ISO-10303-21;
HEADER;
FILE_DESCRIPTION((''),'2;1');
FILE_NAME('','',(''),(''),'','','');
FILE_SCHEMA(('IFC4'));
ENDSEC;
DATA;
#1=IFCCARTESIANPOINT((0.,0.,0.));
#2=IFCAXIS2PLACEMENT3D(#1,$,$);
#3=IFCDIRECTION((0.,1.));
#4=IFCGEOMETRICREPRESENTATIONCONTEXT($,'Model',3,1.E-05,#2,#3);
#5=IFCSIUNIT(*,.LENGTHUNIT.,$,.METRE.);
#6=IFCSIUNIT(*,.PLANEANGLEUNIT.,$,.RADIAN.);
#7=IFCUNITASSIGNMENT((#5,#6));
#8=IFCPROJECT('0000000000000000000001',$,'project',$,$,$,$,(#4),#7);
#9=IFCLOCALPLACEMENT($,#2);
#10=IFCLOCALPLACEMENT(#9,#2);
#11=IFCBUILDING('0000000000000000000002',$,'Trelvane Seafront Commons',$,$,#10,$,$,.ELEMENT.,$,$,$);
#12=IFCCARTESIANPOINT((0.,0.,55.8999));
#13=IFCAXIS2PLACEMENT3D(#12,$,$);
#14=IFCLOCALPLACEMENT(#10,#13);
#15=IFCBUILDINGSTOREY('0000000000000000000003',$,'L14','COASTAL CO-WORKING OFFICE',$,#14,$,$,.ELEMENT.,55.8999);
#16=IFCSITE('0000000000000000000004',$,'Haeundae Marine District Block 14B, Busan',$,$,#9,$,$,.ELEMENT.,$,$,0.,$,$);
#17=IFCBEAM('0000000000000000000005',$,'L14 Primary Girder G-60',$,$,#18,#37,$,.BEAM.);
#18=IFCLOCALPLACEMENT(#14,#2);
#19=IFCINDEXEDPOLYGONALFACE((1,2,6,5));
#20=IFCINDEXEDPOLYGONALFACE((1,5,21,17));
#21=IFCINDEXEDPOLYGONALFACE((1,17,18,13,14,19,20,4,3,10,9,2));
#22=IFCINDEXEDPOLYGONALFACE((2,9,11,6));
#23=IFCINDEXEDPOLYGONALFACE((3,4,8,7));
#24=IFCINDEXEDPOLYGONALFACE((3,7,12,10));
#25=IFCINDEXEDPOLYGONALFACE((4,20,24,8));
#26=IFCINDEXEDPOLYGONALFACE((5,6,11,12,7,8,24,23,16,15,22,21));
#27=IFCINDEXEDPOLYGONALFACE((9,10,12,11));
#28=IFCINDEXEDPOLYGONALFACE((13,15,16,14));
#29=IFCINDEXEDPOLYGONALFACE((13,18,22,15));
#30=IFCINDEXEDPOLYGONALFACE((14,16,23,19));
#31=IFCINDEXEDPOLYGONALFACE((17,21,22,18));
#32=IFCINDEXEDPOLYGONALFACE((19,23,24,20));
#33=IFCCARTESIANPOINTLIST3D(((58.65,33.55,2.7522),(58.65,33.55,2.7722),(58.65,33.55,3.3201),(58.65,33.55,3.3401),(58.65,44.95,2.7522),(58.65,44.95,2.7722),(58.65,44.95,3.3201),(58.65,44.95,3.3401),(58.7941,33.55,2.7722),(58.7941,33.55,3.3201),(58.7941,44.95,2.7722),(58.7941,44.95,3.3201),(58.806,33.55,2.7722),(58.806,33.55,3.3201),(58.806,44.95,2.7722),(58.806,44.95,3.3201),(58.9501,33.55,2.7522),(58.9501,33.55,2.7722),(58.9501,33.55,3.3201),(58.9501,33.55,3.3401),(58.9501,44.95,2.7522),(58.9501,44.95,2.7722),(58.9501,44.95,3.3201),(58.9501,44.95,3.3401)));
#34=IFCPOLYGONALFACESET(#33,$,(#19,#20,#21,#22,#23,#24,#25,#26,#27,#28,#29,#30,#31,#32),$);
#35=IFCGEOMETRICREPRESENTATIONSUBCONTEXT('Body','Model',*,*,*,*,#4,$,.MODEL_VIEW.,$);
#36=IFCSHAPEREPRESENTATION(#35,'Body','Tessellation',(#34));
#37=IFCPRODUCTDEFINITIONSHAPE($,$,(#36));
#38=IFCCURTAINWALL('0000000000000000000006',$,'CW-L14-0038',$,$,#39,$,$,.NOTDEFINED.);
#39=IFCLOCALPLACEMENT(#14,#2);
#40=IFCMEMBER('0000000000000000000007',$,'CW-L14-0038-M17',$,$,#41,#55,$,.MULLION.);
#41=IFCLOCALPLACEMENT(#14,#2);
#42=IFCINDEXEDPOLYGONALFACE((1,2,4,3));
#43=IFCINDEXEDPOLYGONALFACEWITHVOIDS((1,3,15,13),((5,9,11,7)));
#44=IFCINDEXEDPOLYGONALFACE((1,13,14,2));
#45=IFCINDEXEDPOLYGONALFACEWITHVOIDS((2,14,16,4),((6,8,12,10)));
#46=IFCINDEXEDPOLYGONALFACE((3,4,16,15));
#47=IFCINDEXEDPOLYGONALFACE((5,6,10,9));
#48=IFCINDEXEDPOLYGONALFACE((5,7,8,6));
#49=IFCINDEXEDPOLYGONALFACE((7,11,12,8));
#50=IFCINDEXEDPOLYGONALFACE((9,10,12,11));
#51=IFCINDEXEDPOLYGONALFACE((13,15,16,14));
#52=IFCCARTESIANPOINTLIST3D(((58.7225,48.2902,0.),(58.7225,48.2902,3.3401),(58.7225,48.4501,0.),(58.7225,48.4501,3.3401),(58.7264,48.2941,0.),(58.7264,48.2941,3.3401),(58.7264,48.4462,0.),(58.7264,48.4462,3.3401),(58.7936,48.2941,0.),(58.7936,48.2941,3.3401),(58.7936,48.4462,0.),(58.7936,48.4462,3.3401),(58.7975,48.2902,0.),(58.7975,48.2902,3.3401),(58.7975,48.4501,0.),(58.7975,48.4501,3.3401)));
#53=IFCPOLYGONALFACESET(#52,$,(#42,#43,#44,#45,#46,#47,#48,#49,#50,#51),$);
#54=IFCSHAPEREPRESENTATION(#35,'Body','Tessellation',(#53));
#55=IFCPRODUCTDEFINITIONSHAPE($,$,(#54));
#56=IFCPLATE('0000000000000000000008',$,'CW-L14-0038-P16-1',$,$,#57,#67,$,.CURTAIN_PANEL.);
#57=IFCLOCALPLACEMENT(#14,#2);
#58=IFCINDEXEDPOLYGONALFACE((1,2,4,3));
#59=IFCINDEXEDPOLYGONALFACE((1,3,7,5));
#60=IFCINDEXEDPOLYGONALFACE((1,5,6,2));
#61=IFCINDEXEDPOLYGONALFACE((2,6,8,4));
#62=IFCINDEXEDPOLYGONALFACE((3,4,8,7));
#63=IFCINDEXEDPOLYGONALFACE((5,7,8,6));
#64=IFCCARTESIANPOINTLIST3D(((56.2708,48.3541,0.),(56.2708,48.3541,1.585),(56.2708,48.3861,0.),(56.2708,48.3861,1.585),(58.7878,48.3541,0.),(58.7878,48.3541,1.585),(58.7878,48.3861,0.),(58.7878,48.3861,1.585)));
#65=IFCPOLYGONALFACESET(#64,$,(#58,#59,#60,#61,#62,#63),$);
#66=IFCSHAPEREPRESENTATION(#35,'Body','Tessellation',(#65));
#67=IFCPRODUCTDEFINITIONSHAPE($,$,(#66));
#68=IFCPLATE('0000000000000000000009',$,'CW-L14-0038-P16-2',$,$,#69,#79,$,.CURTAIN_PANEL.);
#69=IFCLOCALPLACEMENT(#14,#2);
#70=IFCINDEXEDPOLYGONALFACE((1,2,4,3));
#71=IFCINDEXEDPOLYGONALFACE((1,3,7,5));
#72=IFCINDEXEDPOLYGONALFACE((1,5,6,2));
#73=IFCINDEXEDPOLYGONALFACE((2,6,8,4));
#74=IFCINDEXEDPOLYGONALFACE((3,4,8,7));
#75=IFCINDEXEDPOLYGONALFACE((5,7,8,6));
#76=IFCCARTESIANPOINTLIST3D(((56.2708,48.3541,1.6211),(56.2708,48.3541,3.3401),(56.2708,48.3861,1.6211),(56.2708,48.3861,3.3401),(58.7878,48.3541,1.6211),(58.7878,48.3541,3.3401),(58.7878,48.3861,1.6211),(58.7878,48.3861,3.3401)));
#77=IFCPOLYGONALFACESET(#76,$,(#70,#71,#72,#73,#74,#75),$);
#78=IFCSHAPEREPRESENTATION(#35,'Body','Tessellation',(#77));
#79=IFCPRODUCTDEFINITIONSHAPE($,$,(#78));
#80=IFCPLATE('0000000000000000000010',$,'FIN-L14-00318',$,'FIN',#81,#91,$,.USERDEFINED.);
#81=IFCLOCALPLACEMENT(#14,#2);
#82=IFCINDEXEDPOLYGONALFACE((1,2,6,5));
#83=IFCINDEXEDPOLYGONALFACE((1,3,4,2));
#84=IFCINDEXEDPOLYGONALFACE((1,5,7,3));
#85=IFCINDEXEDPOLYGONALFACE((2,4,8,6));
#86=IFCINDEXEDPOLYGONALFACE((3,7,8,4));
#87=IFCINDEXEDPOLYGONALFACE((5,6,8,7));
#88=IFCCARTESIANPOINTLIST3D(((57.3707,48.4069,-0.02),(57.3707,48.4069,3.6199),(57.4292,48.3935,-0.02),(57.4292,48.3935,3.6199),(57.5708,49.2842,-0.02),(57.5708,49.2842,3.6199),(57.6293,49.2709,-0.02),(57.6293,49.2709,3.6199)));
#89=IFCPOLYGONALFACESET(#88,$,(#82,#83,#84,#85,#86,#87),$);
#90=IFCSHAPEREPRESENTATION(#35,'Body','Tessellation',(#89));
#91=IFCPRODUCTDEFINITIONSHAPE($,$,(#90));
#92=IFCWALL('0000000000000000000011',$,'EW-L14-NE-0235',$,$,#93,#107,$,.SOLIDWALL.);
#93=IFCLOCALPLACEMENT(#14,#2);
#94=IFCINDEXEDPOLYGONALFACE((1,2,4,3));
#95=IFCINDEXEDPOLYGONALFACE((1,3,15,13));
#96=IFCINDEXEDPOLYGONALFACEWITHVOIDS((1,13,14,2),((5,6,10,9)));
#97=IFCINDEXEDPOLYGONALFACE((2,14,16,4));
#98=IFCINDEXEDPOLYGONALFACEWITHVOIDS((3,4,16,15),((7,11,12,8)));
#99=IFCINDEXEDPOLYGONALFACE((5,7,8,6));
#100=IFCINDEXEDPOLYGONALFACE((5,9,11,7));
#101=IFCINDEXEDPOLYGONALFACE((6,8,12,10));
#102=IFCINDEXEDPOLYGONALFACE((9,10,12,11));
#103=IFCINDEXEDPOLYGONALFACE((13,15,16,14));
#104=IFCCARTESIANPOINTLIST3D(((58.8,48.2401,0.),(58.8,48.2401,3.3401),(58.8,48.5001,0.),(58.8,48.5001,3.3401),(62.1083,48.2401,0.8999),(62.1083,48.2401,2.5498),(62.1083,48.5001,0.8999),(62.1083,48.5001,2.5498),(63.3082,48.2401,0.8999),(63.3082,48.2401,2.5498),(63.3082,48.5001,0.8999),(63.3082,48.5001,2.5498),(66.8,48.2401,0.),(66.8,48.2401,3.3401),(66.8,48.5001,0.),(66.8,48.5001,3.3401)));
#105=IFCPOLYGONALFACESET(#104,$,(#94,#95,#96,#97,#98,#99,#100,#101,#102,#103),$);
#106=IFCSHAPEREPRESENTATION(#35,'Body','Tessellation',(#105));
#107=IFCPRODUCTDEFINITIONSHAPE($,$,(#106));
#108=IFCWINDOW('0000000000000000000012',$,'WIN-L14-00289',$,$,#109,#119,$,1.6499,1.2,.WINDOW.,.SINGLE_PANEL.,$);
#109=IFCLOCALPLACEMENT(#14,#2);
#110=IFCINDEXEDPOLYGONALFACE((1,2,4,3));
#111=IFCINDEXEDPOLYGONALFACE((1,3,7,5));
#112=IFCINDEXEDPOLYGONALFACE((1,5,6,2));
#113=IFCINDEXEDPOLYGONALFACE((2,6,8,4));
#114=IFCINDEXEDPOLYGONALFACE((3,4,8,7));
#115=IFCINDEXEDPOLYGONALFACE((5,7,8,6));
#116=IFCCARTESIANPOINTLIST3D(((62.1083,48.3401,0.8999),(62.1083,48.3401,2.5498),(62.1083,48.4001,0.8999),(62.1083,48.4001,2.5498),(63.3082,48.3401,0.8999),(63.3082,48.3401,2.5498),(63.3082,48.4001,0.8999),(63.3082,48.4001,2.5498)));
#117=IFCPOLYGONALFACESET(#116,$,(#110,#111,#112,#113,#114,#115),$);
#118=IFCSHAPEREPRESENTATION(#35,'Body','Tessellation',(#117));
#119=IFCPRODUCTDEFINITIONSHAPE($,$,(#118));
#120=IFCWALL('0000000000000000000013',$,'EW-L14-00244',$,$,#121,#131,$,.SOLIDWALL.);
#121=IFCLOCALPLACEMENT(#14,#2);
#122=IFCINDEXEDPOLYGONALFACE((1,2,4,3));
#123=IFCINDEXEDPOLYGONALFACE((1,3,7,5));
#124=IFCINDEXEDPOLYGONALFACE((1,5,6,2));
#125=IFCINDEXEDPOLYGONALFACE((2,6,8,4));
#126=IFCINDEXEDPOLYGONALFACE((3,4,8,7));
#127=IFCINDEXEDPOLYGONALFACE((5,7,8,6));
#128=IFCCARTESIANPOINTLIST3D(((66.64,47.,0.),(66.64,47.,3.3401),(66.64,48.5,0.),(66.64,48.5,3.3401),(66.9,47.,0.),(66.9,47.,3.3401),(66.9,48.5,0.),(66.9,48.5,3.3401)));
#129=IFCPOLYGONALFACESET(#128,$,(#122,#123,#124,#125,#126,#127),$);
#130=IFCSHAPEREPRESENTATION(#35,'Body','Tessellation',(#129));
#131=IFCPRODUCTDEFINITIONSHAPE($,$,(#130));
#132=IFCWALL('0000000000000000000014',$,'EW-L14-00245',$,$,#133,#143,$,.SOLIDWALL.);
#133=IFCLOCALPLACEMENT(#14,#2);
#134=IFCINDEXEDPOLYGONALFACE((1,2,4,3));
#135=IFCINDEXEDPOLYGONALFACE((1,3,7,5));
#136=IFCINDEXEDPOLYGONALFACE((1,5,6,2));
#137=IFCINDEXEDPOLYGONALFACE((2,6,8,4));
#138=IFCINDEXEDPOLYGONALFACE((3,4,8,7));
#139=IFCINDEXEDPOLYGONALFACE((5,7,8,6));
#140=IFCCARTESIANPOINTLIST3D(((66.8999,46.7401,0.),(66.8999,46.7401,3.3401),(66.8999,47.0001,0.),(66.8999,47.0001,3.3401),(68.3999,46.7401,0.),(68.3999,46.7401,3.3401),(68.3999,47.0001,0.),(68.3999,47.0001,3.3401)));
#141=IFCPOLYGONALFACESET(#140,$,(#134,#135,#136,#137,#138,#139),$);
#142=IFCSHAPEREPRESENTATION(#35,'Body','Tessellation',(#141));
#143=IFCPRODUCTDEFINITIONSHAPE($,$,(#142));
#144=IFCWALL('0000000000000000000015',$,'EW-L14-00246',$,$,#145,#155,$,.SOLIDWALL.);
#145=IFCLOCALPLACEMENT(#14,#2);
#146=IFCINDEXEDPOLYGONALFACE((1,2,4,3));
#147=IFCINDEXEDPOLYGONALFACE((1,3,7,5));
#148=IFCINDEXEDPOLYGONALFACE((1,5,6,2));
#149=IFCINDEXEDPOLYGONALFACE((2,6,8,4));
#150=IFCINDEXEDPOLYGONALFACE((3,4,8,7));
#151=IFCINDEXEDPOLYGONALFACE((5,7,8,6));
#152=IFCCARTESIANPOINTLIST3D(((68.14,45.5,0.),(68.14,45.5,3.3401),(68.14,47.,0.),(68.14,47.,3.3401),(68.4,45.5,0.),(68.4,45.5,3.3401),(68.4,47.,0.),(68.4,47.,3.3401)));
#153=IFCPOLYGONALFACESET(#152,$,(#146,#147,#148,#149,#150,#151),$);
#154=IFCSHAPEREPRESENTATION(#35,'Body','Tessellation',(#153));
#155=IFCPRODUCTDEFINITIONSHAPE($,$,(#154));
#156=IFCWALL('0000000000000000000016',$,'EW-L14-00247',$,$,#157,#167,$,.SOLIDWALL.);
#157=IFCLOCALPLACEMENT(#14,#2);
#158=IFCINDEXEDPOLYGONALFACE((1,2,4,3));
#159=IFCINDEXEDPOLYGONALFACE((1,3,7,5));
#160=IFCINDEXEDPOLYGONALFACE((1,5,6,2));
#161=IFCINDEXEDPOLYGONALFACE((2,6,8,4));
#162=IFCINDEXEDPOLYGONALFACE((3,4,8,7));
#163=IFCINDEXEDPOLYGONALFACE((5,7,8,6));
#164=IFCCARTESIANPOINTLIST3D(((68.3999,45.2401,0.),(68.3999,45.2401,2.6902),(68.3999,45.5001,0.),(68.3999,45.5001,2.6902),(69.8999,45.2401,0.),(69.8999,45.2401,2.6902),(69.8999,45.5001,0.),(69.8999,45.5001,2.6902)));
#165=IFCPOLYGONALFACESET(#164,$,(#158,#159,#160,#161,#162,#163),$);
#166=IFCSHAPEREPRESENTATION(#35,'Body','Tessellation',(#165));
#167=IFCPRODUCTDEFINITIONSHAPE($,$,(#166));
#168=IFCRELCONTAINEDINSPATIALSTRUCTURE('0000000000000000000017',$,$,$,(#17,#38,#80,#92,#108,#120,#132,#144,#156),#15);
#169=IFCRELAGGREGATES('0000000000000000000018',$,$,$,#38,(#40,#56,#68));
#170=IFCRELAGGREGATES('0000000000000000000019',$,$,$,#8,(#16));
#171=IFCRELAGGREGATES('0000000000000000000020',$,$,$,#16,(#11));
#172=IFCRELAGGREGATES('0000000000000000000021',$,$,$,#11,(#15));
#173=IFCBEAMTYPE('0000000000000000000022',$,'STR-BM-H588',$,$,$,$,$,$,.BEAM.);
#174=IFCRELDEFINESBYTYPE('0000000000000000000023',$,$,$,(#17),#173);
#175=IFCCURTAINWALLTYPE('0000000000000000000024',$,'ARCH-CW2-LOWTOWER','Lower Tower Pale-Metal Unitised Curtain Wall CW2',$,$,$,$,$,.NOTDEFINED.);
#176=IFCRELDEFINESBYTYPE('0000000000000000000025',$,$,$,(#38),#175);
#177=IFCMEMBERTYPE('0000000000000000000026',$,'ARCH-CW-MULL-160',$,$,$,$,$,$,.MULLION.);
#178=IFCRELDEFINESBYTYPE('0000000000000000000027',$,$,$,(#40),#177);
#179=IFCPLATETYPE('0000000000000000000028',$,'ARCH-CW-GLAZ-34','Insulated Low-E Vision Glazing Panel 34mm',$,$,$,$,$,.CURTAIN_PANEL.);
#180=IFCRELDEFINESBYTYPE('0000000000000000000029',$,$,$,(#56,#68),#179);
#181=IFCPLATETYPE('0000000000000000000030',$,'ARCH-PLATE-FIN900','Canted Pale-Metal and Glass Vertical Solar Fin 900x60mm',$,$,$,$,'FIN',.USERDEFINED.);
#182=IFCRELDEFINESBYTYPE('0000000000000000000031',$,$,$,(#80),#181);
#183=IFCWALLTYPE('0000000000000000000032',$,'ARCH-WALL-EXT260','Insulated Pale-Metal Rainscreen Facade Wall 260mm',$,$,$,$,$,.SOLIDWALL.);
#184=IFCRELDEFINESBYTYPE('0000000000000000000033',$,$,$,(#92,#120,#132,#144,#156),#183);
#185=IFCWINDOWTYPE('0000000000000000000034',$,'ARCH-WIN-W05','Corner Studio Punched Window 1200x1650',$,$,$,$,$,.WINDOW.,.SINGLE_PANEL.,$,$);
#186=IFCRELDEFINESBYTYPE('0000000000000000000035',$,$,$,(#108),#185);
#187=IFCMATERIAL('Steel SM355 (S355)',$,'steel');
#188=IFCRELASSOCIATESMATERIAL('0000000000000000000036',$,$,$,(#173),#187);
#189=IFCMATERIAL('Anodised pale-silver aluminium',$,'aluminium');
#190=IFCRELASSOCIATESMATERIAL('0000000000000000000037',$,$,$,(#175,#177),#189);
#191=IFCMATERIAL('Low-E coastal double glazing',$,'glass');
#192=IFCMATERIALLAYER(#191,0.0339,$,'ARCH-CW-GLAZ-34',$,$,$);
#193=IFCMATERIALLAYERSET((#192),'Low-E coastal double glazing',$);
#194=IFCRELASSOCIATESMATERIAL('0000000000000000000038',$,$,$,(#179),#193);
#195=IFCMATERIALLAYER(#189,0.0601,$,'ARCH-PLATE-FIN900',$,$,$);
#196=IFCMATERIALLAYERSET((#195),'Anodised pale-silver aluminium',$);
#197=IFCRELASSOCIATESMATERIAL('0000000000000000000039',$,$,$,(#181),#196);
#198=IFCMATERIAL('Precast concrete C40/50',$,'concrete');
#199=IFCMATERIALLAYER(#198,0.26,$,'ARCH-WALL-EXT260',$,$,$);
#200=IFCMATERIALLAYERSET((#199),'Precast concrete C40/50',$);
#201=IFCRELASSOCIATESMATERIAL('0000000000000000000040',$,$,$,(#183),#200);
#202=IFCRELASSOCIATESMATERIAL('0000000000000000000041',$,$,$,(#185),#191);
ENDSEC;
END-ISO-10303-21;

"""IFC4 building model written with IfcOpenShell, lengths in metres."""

from ifc_helpers import new_model, si_unit, direction, frame, frame_2d, origin, origin_2d, place, context, subcontext, project, spatial, rectangle, hollow_rectangle, i_section, extrude, source, transform, mapped, material, layer, layer_set, material_profile, profile_set, type_object, element, fill, aggregate, save


model = new_model("IFC4")

# Units and contexts
model_context = context("Model", 3, precision=1e-05, world=origin(), true_north=direction((0.0, 1.0)))
body_context = subcontext(model_context, "Body", "Model", "MODEL_VIEW")
ifc_project = project(units=[si_unit("LENGTHUNIT", "METRE"), si_unit("PLANEANGLEUNIT", "RADIAN")], contexts=[model_context])

# Site, building, storey
site_placement = place(None, origin())
site = spatial("IfcSite", under=ifc_project, at=site_placement, Name="Haeundae Marine District Block 14B, Busan", CompositionType="ELEMENT", RefElevation=0.0)
building_placement = place(site_placement, origin())
building = spatial("IfcBuilding", under=site, at=building_placement, Name="Trelvane Seafront Commons", CompositionType="ELEMENT")
storey_placement = place(building_placement, frame((0.0, 0.0, 55.8999)))
storey = spatial("IfcBuildingStorey", under=building, at=storey_placement, Name="L14", Description="COASTAL CO-WORKING OFFICE", CompositionType="ELEMENT", Elevation=55.8999)

# Shared definitions
ifc_material_1 = material(Name="Steel SM355 (S355)", Category="steel")

# Beam
ifc_material_profile_1 = material_profile(ifc_material_1, i_section(OverallWidth=0.3, OverallDepth=0.5879, WebThickness=0.012, FlangeThickness=0.02, at=origin_2d()), Name="H-588x300x12x20")
ifc_profile_set_1 = profile_set([ifc_material_profile_1], Name="Steel SM355 (S355)")
beam_type_1 = type_object("IfcBeamType", Name="STR-BM-H588", PredefinedType="BEAM", material=ifc_profile_set_1)
shared_shape_1 = source(origin(), body_context, "Body", "SweptSolid", [
    extrude(i_section(OverallWidth=0.3, OverallDepth=0.5879, WebThickness=0.012, FlangeThickness=0.02, at=origin_2d()), origin(), (0.0, 0.0, 1.0), 11.3999),
])
beam_1_placement = place(storey_placement, frame((58.8, 33.55, 3.0461), z_axis=(0.0, 1.0, 0.0), x_axis=(-1.0, 0.0, 0.0)))
element("IfcBeam", 1, at=beam_1_placement, inside=storey, type_object=beam_type_1, Name="L14 Primary Girder G-60", PredefinedType="BEAM", context=body_context, shape_type="MappedRepresentation", body=[
    mapped(shared_shape_1, transform((0.0, 0.0, 0.0), x_axis=(1.0, 0.0, 0.0), y_axis=(0.0, 1.0, 0.0), z_axis=(0.0, 0.0, 1.0), scale=1.0)),
])

# Curtain wall, member, plates
ifc_material_2 = material(Name="Anodised pale-silver aluminium", Category="aluminium")
curtain_wall_type = type_object("IfcCurtainWallType", Name="ARCH-CW2-LOWTOWER", Description="Lower Tower Pale-Metal Unitised Curtain Wall CW2", PredefinedType="NOTDEFINED", material=ifc_material_2)
curtain_wall_placement = place(storey_placement, origin())
curtain_wall = element("IfcCurtainWall", 2, at=curtain_wall_placement, inside=storey, type_object=curtain_wall_type, Name="CW-L14-0038", PredefinedType="NOTDEFINED")
ifc_material_profile_2 = material_profile(ifc_material_2, hollow_rectangle(XDim=0.075, YDim=0.1599, WallThickness=0.0039, at=origin_2d()), Name="MULL-75x160x4")
ifc_profile_set_2 = profile_set([ifc_material_profile_2], Name="Anodised pale-silver aluminium")
member_type = type_object("IfcMemberType", Name="ARCH-CW-MULL-160", PredefinedType="MULLION", material=ifc_profile_set_2)
shared_shape_2 = source(origin(), body_context, "Body", "SweptSolid", [
    extrude(hollow_rectangle(XDim=0.075, YDim=0.1599, WallThickness=0.0039, at=origin_2d()), origin(), (0.0, 0.0, 1.0), 3.3401),
])
member_placement = place(storey_placement, frame((58.76, 48.3701, 0.0), z_axis=(0.0, 0.0, 1.0), x_axis=(1.0, 0.0, 0.0)))
member = element("IfcMember", 3, at=member_placement, type_object=member_type, Name="CW-L14-0038-M17", PredefinedType="MULLION", context=body_context, shape_type="MappedRepresentation", body=[
    mapped(shared_shape_2, transform((0.0, 0.0, 0.0), x_axis=(1.0, 0.0, 0.0), y_axis=(0.0, 1.0, 0.0), z_axis=(0.0, 0.0, 1.0), scale=1.0)),
])
ifc_material_3 = material(Name="Low-E coastal double glazing", Category="glass")
ifc_layer_1 = layer(ifc_material_3, 0.0339, Name="ARCH-CW-GLAZ-34")
ifc_layer_set_1 = layer_set([ifc_layer_1], Name="Low-E coastal double glazing")
plate_type_1 = type_object("IfcPlateType", Name="ARCH-CW-GLAZ-34", Description="Insulated Low-E Vision Glazing Panel 34mm", PredefinedType="CURTAIN_PANEL", material=ifc_layer_set_1)
shared_shape_3 = source(origin(), body_context, "Body", "SweptSolid", [
    extrude(rectangle(XDim=2.5171, YDim=0.032, at=origin_2d()), origin(), (0.0, 0.0, 1.0), 1.585),
])
plate_1_placement = place(storey_placement, frame((57.5293, 48.3701, 0.0), z_axis=(0.0, 0.0, 1.0), x_axis=(1.0, 0.0, 0.0)))
plate_1 = element("IfcPlate", 4, at=plate_1_placement, type_object=plate_type_1, Name="CW-L14-0038-P16-1", PredefinedType="CURTAIN_PANEL", context=body_context, shape_type="MappedRepresentation", body=[
    mapped(shared_shape_3, transform((0.0, 0.0, 0.0), x_axis=(1.0, 0.0, 0.0), y_axis=(0.0, 1.0, 0.0), z_axis=(0.0, 0.0, 1.0), scale=1.0)),
])
shared_shape_4 = source(origin(), body_context, "Body", "SweptSolid", [
    extrude(rectangle(XDim=2.5171, YDim=0.032, at=origin_2d()), origin(), (0.0, 0.0, 1.0), 1.719),
])
plate_2_placement = place(storey_placement, frame((57.5293, 48.3701, 1.6211), z_axis=(0.0, 0.0, 1.0), x_axis=(1.0, 0.0, 0.0)))
plate_2 = element("IfcPlate", 5, at=plate_2_placement, type_object=plate_type_1, Name="CW-L14-0038-P16-2", PredefinedType="CURTAIN_PANEL", context=body_context, shape_type="MappedRepresentation", body=[
    mapped(shared_shape_4, transform((0.0, 0.0, 0.0), x_axis=(1.0, 0.0, 0.0), y_axis=(0.0, 1.0, 0.0), z_axis=(0.0, 0.0, 1.0), scale=1.0)),
])
aggregate(curtain_wall, [member, plate_1, plate_2])

# Plate
ifc_layer_2 = layer(ifc_material_2, 0.0601, Name="ARCH-PLATE-FIN900")
ifc_layer_set_2 = layer_set([ifc_layer_2], Name="Anodised pale-silver aluminium")
plate_type_2 = type_object("IfcPlateType", Name="ARCH-PLATE-FIN900", Description="Canted Pale-Metal and Glass Vertical Solar Fin 900x60mm", ElementType="FIN", PredefinedType="USERDEFINED", material=ifc_layer_set_2)
shared_shape_5 = source(origin(), body_context, "Body", "SweptSolid", [
    extrude(rectangle(XDim=0.8999, YDim=0.0601, at=origin_2d()), origin(), (0.0, 0.0, 1.0), 3.6399),
])
plate_3_placement = place(storey_placement, frame((57.5, 48.8389, -0.02), z_axis=(0.0, 0.0, 1.0), x_axis=(0.222326, 0.974972, 0.0)))
element("IfcPlate", 6, at=plate_3_placement, inside=storey, type_object=plate_type_2, Name="FIN-L14-00318", ObjectType="FIN", PredefinedType="USERDEFINED", context=body_context, shape_type="MappedRepresentation", body=[
    mapped(shared_shape_5, transform((0.0, 0.0, 0.0), x_axis=(1.0, 0.0, 0.0), y_axis=(0.0, 1.0, 0.0), z_axis=(0.0, 0.0, 1.0), scale=1.0)),
])

# Wall, opening, window
ifc_material_4 = material(Name="Precast concrete C40/50", Category="concrete")
ifc_layer_3 = layer(ifc_material_4, 0.26, Name="ARCH-WALL-EXT260")
ifc_layer_set_3 = layer_set([ifc_layer_3], Name="Precast concrete C40/50")
wall_type_1 = type_object("IfcWallType", Name="ARCH-WALL-EXT260", Description="Insulated Pale-Metal Rainscreen Facade Wall 260mm", PredefinedType="SOLIDWALL", material=ifc_layer_set_3)
wall_1_placement = place(storey_placement, frame((58.8, 48.3701, 0.0), z_axis=(0.0, 0.0, 1.0), x_axis=(1.0, 0.0, 0.0)))
wall_1 = element("IfcWall", 7, at=wall_1_placement, inside=storey, type_object=wall_type_1, Name="EW-L14-NE-0235", PredefinedType="SOLIDWALL", context=body_context, shape_type="SweptSolid", body=[
    extrude(rectangle(XDim=8.0, YDim=0.26, at=frame_2d((4.0, 0.0))), origin(), (0.0, 0.0, 1.0), 3.3401),
])
opening_1_placement = place(wall_1_placement, frame((3.3081, 0.0, 0.8999)))
opening_1 = element("IfcOpeningElement", 8, at=opening_1_placement, cuts=wall_1, PredefinedType="OPENING", context=body_context, shape_type="SweptSolid", body=[
    extrude(rectangle(XDim=1.2, YDim=1.6499, at=frame_2d((0.6001, 0.825))), frame((0.0, 0.1399, 0.0), z_axis=(0.0, -1.0, 0.0), x_axis=(1.0, 0.0, 0.0)), (0.0, 0.0, 1.0), 0.28),
])
window_type_1 = type_object("IfcWindowType", Name="ARCH-WIN-W05", Description="Corner Studio Punched Window 1200x1650", PartitioningType="SINGLE_PANEL", PredefinedType="WINDOW", material=ifc_material_3)
shared_shape_6 = source(origin(), body_context, "Body", "SweptSolid", [
    extrude(rectangle(XDim=1.2, YDim=1.6499, at=frame_2d((0.6001, 0.825))), frame((0.0, 0.03, 0.0), z_axis=(0.0, -1.0, 0.0), x_axis=(1.0, 0.0, 0.0)), (0.0, 0.0, 1.0), 0.0601),
])
window_1_placement = place(opening_1_placement, origin())
window_1 = element("IfcWindow", 9, at=window_1_placement, inside=storey, type_object=window_type_1, Name="WIN-L14-00289", OverallHeight=1.6499, OverallWidth=1.2, PartitioningType="SINGLE_PANEL", PredefinedType="WINDOW", context=body_context, shape_type="MappedRepresentation", body=[
    mapped(shared_shape_6, transform((0.0, 0.0, 0.0), x_axis=(1.0, 0.0, 0.0), y_axis=(0.0, 1.0, 0.0), z_axis=(0.0, 0.0, 1.0), scale=1.0)),
])
fill(opening_1, window_1)

# Walls
for number, where, z_axis, x_axis, name in (
    (10, (66.77, 48.5, 0.0), (0.0, 0.0, 1.0), (0.0, -1.0, 0.0), "EW-L14-00244"),
    (11, (66.8999, 46.8701, 0.0), (0.0, 0.0, 1.0), (1.0, 0.0, 0.0), "EW-L14-00245"),
    (12, (68.27, 47.0, 0.0), (0.0, 0.0, 1.0), (0.0, -1.0, 0.0), "EW-L14-00246"),
):
    element("IfcWall", number, at=place(storey_placement, frame(where, z_axis=z_axis, x_axis=x_axis)), inside=storey, type_object=wall_type_1, Name=name, PredefinedType="SOLIDWALL", context=body_context, shape_type="SweptSolid", body=[
        extrude(rectangle(XDim=1.5, YDim=0.26, at=frame_2d((0.75, 0.0))), origin(), (0.0, 0.0, 1.0), 3.3401),
    ])
wall_2_placement = place(storey_placement, frame((68.3999, 45.3701, 0.0), z_axis=(0.0, 0.0, 1.0), x_axis=(1.0, 0.0, 0.0)))
element("IfcWall", 13, at=wall_2_placement, inside=storey, type_object=wall_type_1, Name="EW-L14-00247", PredefinedType="SOLIDWALL", context=body_context, shape_type="SweptSolid", body=[
    extrude(rectangle(XDim=1.5, YDim=0.26, at=frame_2d((0.75, 0.0))), origin(), (0.0, 0.0, 1.0), 2.6902),
])

save(model, "model.ifc")
